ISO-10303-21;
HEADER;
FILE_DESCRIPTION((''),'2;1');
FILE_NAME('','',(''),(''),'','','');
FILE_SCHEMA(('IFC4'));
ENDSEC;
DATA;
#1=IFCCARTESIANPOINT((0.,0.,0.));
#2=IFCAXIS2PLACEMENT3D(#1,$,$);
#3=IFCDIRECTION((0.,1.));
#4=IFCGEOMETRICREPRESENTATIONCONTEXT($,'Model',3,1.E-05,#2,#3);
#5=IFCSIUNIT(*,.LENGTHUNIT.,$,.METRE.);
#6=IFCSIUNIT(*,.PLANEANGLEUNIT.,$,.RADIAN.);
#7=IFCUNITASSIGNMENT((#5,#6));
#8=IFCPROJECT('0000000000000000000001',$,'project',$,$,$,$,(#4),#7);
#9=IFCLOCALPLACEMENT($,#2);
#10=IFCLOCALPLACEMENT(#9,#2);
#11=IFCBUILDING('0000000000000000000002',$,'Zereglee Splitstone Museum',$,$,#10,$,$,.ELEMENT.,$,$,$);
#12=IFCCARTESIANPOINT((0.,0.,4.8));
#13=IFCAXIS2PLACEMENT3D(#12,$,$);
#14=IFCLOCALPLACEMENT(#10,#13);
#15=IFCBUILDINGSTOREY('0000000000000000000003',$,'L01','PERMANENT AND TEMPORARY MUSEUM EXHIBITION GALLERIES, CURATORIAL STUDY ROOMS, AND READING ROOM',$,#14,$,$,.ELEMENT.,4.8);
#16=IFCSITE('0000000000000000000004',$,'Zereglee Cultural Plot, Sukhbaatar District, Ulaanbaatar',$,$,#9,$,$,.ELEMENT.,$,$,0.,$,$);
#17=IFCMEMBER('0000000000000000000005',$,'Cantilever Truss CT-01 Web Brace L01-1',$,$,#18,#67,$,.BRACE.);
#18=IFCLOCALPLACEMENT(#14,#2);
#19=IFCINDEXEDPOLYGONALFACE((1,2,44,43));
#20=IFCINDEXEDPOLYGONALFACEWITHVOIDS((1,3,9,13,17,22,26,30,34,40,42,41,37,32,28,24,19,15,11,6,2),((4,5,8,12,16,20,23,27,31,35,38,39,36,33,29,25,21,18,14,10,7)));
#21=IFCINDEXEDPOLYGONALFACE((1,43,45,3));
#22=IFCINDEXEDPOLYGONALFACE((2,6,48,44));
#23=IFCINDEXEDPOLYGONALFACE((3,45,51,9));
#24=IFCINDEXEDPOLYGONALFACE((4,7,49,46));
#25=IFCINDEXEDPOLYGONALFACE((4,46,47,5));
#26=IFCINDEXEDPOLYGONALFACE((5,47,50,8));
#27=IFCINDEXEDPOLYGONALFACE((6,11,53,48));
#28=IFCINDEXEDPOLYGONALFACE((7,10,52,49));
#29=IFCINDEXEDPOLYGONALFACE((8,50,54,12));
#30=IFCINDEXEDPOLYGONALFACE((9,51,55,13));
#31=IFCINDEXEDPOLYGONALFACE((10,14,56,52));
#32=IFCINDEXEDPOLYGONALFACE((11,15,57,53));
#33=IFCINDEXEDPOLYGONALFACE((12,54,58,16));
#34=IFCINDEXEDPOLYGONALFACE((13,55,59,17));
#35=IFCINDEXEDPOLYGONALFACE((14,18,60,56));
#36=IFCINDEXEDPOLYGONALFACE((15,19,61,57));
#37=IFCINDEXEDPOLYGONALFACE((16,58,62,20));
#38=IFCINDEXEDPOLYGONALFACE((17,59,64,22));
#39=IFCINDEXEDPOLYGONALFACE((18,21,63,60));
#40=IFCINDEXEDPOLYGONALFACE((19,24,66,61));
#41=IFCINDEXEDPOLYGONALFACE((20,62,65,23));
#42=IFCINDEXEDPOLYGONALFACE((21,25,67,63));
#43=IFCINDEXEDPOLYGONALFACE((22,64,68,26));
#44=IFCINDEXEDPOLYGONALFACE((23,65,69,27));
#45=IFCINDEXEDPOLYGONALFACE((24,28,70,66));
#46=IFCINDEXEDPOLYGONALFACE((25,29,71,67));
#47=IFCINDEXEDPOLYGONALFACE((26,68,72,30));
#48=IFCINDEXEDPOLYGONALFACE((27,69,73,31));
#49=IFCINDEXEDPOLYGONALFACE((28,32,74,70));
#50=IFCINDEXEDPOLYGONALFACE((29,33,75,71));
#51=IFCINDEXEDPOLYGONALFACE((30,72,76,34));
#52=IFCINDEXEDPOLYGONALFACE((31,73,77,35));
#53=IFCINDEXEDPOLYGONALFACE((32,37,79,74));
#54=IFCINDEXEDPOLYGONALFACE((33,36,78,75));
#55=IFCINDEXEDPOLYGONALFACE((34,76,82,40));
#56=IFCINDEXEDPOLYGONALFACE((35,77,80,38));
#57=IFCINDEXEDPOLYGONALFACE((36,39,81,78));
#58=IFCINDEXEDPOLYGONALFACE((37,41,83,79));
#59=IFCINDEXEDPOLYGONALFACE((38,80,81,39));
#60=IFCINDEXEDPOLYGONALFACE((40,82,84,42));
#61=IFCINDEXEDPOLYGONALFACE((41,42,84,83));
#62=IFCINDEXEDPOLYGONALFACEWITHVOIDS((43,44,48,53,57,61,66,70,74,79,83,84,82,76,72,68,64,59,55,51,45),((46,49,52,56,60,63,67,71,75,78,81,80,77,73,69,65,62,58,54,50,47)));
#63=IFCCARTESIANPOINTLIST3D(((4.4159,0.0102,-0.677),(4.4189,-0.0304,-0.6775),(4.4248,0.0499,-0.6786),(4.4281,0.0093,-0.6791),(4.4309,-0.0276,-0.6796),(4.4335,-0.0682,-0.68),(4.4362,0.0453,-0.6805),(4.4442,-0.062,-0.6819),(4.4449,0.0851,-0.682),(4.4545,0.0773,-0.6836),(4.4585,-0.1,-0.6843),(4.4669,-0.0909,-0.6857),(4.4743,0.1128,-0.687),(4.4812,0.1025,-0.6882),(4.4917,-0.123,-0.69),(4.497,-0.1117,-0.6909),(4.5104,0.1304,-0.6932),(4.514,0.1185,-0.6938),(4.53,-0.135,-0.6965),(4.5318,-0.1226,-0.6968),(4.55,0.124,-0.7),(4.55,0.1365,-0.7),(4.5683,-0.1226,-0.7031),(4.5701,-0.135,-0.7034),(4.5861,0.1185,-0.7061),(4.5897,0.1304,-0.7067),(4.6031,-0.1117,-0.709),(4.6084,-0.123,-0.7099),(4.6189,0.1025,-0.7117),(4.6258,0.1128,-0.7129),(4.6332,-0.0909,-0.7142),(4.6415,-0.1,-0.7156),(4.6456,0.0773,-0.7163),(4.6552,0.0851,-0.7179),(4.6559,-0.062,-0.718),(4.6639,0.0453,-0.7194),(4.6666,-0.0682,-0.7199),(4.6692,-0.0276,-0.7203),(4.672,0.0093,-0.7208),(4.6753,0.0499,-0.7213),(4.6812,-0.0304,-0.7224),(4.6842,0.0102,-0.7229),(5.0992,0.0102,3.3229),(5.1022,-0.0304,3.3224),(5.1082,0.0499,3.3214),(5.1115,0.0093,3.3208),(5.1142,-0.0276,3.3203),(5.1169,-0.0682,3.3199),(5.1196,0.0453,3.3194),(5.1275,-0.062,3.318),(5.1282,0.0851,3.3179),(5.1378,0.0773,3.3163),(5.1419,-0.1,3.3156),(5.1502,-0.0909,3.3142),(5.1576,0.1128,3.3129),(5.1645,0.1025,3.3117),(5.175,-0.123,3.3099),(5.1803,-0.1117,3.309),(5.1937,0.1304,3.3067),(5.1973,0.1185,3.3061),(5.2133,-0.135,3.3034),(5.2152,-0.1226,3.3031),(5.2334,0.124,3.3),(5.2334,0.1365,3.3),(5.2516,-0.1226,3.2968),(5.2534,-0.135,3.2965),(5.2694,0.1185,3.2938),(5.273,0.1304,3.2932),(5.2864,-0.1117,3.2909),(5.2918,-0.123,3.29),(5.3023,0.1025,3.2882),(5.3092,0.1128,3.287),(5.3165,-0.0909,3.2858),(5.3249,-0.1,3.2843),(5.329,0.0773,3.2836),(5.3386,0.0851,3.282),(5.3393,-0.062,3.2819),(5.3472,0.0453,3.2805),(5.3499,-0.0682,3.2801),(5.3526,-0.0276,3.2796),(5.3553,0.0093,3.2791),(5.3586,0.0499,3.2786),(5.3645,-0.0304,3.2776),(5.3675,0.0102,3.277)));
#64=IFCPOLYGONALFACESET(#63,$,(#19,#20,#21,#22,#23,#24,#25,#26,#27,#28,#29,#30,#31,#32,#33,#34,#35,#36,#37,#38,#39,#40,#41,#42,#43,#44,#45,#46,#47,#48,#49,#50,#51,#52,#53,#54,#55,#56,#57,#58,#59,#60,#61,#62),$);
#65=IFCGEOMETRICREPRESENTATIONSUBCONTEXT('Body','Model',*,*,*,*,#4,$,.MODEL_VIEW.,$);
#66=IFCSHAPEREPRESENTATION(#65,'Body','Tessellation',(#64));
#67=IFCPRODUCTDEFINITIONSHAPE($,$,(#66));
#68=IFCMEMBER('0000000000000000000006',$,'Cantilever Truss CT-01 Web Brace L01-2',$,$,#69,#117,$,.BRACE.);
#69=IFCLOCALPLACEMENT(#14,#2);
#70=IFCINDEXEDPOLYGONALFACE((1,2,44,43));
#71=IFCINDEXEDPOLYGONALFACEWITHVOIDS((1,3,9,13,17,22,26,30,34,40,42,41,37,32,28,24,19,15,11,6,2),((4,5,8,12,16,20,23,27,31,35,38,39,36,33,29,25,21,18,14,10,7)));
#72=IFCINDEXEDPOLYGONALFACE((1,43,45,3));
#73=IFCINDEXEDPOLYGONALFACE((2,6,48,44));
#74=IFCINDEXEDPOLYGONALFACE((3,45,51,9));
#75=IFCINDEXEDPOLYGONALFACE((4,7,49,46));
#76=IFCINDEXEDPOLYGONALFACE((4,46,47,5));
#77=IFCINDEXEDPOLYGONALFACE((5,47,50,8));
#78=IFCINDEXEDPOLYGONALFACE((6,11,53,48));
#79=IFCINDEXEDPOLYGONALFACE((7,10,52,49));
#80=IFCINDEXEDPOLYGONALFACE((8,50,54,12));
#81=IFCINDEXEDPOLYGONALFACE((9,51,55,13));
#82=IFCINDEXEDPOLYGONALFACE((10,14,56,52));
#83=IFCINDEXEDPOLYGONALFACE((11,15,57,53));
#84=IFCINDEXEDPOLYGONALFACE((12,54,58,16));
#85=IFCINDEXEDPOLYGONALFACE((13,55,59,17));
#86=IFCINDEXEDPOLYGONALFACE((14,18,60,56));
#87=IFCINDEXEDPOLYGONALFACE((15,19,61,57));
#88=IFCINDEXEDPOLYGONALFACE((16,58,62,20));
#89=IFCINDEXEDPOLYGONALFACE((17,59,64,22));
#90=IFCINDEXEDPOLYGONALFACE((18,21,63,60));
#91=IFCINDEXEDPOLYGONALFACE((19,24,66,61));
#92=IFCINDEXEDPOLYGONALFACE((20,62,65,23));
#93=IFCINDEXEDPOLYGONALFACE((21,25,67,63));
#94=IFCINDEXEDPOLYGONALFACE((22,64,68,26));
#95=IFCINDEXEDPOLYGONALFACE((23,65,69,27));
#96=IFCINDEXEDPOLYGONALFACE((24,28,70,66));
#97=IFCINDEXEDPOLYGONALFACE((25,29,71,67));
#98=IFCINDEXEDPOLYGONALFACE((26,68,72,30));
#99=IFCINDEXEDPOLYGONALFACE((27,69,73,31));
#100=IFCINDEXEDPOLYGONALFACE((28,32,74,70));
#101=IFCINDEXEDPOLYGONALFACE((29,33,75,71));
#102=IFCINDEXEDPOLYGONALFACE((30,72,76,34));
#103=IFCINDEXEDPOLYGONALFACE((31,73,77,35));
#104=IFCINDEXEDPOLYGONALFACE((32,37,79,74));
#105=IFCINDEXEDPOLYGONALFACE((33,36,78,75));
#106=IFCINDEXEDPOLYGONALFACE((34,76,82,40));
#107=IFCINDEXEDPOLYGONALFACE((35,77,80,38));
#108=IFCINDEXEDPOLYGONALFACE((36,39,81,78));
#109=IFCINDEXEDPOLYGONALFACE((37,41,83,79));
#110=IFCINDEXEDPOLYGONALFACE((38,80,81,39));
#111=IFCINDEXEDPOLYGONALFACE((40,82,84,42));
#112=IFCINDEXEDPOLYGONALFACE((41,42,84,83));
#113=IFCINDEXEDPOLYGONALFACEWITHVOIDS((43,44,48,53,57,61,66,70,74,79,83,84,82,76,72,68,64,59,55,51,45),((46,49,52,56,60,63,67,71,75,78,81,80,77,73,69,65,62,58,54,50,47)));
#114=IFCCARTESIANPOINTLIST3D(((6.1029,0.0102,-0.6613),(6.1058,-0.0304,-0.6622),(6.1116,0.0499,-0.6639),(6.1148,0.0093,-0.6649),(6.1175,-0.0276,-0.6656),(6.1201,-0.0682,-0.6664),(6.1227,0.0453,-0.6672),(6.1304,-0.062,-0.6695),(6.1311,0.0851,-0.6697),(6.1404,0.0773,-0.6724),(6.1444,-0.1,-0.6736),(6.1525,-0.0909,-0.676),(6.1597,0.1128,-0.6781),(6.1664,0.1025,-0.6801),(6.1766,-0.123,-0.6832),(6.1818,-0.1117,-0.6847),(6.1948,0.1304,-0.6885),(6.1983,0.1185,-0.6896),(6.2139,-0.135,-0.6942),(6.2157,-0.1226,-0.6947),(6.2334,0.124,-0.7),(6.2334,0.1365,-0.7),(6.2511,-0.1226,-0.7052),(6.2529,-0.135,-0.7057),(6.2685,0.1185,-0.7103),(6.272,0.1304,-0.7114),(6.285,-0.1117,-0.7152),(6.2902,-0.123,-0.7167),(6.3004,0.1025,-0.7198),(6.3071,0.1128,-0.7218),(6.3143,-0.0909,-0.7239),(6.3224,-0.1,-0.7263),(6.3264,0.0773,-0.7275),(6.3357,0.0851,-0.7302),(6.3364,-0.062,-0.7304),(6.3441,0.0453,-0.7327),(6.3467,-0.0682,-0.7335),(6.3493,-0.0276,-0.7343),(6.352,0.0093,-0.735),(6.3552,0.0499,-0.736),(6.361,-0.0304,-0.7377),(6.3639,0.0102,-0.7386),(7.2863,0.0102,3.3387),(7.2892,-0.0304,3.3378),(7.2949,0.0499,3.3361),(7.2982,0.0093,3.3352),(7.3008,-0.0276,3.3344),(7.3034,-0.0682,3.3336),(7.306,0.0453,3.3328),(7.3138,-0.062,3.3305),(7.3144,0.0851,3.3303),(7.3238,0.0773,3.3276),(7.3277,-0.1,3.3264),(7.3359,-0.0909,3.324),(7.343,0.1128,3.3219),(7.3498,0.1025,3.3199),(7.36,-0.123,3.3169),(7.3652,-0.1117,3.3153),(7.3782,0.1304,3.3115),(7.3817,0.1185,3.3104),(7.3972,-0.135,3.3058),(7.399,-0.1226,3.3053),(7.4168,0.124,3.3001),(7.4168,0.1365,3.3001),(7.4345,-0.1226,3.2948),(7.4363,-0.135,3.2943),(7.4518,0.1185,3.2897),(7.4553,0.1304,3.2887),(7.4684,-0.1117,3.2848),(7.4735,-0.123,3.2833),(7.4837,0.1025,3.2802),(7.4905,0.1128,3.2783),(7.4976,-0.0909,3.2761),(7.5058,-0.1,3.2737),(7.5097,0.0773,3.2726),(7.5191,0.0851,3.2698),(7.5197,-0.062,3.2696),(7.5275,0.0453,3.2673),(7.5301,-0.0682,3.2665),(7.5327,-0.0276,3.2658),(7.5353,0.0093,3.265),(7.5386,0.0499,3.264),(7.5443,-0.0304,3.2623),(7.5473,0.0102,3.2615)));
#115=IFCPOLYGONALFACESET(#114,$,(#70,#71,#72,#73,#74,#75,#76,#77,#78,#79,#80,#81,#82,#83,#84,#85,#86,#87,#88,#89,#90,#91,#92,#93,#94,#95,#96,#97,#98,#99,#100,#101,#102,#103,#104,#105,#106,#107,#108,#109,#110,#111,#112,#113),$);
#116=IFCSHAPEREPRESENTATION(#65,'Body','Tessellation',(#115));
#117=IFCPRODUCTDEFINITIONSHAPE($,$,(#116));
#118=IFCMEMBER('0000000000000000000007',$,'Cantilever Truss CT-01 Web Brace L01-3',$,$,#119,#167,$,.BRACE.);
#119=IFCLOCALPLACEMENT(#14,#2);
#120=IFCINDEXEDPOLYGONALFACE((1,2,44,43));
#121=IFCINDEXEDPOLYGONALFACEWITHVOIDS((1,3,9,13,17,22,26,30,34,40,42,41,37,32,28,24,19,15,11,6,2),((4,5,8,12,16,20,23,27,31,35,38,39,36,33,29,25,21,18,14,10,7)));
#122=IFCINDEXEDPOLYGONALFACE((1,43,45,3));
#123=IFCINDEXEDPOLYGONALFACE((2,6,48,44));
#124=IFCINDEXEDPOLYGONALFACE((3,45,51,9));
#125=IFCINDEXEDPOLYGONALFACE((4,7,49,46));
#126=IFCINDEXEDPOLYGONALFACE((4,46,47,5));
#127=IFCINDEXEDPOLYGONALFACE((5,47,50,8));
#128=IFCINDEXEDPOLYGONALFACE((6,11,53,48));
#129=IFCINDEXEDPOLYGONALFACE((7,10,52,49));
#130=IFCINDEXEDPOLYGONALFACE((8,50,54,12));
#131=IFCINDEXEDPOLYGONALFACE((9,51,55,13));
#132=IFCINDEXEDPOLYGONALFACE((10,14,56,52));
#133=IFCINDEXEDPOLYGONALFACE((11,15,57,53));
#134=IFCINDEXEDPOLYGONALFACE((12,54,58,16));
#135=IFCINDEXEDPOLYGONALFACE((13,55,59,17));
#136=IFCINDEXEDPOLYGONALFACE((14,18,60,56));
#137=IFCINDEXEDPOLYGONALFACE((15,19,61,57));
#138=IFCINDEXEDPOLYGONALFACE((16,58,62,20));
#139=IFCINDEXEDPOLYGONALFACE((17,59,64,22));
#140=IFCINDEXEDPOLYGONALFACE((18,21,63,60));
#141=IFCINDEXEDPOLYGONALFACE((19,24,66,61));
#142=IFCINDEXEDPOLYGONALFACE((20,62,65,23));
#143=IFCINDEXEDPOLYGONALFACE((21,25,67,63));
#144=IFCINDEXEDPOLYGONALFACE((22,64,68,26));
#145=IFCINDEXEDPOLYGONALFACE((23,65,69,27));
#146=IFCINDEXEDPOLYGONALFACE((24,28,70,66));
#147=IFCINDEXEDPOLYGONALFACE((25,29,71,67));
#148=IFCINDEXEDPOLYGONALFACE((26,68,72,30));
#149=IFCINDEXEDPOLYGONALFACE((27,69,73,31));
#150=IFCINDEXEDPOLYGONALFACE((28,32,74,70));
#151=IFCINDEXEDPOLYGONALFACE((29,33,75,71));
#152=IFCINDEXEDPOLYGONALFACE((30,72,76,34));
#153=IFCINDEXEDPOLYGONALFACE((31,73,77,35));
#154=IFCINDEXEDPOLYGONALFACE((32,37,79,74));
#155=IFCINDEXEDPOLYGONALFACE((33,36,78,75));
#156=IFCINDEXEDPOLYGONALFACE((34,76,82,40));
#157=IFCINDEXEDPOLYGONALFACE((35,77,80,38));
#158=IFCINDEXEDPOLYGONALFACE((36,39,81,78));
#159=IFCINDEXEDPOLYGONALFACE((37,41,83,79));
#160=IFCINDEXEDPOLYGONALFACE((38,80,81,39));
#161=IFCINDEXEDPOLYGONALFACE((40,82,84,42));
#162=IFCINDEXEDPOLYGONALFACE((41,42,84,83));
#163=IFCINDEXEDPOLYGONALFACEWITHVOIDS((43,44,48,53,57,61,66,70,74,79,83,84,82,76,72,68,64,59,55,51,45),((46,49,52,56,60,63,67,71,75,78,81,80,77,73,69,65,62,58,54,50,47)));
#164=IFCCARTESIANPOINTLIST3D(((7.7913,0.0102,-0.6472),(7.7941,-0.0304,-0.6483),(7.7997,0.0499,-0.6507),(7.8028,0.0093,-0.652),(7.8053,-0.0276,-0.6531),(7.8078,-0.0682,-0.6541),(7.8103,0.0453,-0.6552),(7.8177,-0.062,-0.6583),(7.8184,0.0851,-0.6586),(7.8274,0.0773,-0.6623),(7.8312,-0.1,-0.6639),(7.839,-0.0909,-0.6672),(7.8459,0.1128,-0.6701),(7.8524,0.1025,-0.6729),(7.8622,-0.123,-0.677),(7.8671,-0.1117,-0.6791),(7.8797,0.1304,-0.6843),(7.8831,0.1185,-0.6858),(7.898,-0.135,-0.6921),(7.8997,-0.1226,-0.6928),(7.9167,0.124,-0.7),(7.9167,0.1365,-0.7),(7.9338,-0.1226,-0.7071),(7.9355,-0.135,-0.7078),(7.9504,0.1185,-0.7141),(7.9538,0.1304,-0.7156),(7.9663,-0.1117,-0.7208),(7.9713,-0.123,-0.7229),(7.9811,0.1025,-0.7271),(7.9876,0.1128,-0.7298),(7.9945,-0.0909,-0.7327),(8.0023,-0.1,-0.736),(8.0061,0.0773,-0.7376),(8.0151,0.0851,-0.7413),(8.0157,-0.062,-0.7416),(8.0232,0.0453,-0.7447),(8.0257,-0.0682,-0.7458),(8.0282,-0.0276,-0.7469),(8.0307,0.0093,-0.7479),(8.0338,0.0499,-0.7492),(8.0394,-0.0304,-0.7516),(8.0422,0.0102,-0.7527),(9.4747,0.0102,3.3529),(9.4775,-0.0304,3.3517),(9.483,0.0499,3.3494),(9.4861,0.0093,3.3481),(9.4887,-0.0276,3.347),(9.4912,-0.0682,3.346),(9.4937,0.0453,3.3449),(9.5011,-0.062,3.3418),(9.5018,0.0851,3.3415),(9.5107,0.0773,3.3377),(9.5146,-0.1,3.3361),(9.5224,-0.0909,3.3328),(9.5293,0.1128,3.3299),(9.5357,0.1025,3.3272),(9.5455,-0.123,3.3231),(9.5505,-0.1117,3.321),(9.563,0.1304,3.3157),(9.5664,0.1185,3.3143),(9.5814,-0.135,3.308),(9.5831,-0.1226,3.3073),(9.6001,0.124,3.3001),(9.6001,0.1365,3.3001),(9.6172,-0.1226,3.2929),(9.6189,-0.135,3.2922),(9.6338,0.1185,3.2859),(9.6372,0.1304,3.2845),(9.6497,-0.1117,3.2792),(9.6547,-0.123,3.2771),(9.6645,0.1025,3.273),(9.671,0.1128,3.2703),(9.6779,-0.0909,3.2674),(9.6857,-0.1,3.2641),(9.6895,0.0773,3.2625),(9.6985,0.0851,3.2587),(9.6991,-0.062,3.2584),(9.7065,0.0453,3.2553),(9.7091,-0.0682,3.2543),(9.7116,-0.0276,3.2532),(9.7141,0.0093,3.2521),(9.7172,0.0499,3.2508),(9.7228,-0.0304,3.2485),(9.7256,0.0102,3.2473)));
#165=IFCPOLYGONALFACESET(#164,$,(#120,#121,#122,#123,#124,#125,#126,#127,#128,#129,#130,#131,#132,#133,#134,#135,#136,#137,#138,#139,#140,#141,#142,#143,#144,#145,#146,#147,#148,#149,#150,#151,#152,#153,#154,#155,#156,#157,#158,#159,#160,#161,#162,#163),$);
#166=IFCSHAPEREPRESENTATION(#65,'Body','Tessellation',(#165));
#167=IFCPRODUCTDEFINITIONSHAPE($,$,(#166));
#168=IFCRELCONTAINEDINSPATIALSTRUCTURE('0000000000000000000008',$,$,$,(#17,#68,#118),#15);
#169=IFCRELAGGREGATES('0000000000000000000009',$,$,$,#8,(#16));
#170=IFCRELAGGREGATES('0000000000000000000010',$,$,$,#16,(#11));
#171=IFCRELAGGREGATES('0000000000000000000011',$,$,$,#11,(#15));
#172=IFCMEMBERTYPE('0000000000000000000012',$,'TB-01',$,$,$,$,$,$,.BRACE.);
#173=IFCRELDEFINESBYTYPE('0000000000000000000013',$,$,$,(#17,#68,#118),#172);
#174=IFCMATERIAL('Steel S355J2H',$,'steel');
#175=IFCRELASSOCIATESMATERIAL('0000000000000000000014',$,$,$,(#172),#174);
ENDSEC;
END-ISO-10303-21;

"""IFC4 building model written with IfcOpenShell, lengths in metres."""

from ifc_helpers import new_model, si_unit, direction, frame, origin, origin_2d, place, context, subcontext, project, spatial, hollow_circle, extrude, material, material_profile, profile_set, type_object, element, save


model = new_model("IFC4")

# Units and contexts
model_context = context("Model", 3, precision=1e-05, world=origin(), true_north=direction((0.0, 1.0)))
body_context = subcontext(model_context, "Body", "Model", "MODEL_VIEW")
ifc_project = project(units=[si_unit("LENGTHUNIT", "METRE"), si_unit("PLANEANGLEUNIT", "RADIAN")], contexts=[model_context])

# Site, building, storey
site_placement = place(None, origin())
site = spatial("IfcSite", under=ifc_project, at=site_placement, Name="Zereglee Cultural Plot, Sukhbaatar District, Ulaanbaatar", CompositionType="ELEMENT", RefElevation=0.0)
building_placement = place(site_placement, origin())
building = spatial("IfcBuilding", under=site, at=building_placement, Name="Zereglee Splitstone Museum", CompositionType="ELEMENT")
storey_placement = place(building_placement, frame((0.0, 0.0, 4.8)))
storey = spatial("IfcBuildingStorey", under=building, at=storey_placement, Name="L01", Description="PERMANENT AND TEMPORARY MUSEUM EXHIBITION GALLERIES, CURATORIAL STUDY ROOMS, AND READING ROOM", CompositionType="ELEMENT", Elevation=4.8)

# Members
ifc_material_1 = material(Name="Steel S355J2H", Category="steel")
ifc_material_profile_1 = material_profile(ifc_material_1, hollow_circle(Radius=0.1365, WallThickness=0.0125, at=origin_2d()), Name="CHS 273.0x12.5")
ifc_profile_set_1 = profile_set([ifc_material_profile_1], Name="Steel S355J2H")
member_type_1 = type_object("IfcMemberType", Name="TB-01", PredefinedType="BRACE", material=ifc_profile_set_1)
member_1_placement = place(storey_placement, frame((4.55, 0.0, -0.7), z_axis=(0.168398, 0.0, 0.985719), x_axis=(0.0, 1.0, 0.0)))
element("IfcMember", 1, at=member_1_placement, inside=storey, type_object=member_type_1, Name="Cantilever Truss CT-01 Web Brace L01-1", PredefinedType="BRACE", context=body_context, shape_type="SweptSolid", body=[
    extrude(hollow_circle(Radius=0.1365, WallThickness=0.0125, at=origin_2d()), origin(), (0.0, 0.0, 1.0), 4.0579),
])
member_2_placement = place(storey_placement, frame((6.2334, 0.0, -0.7), z_axis=(0.283684, 0.0, 0.958918), x_axis=(0.0, 1.0, 0.0)))
element("IfcMember", 2, at=member_2_placement, inside=storey, type_object=member_type_1, Name="Cantilever Truss CT-01 Web Brace L01-2", PredefinedType="BRACE", context=body_context, shape_type="SweptSolid", body=[
    extrude(hollow_circle(Radius=0.1365, WallThickness=0.0125, at=origin_2d()), origin(), (0.0, 0.0, 1.0), 4.1714),
])
member_3_placement = place(storey_placement, frame((7.9167, 0.0, -0.7), z_axis=(0.387888, 0.0, 0.921706), x_axis=(0.0, 1.0, 0.0)))
element("IfcMember", 3, at=member_3_placement, inside=storey, type_object=member_type_1, Name="Cantilever Truss CT-01 Web Brace L01-3", PredefinedType="BRACE", context=body_context, shape_type="SweptSolid", body=[
    extrude(hollow_circle(Radius=0.1365, WallThickness=0.0125, at=origin_2d()), origin(), (0.0, 0.0, 1.0), 4.3398),
])

save(model, "model.ifc")
